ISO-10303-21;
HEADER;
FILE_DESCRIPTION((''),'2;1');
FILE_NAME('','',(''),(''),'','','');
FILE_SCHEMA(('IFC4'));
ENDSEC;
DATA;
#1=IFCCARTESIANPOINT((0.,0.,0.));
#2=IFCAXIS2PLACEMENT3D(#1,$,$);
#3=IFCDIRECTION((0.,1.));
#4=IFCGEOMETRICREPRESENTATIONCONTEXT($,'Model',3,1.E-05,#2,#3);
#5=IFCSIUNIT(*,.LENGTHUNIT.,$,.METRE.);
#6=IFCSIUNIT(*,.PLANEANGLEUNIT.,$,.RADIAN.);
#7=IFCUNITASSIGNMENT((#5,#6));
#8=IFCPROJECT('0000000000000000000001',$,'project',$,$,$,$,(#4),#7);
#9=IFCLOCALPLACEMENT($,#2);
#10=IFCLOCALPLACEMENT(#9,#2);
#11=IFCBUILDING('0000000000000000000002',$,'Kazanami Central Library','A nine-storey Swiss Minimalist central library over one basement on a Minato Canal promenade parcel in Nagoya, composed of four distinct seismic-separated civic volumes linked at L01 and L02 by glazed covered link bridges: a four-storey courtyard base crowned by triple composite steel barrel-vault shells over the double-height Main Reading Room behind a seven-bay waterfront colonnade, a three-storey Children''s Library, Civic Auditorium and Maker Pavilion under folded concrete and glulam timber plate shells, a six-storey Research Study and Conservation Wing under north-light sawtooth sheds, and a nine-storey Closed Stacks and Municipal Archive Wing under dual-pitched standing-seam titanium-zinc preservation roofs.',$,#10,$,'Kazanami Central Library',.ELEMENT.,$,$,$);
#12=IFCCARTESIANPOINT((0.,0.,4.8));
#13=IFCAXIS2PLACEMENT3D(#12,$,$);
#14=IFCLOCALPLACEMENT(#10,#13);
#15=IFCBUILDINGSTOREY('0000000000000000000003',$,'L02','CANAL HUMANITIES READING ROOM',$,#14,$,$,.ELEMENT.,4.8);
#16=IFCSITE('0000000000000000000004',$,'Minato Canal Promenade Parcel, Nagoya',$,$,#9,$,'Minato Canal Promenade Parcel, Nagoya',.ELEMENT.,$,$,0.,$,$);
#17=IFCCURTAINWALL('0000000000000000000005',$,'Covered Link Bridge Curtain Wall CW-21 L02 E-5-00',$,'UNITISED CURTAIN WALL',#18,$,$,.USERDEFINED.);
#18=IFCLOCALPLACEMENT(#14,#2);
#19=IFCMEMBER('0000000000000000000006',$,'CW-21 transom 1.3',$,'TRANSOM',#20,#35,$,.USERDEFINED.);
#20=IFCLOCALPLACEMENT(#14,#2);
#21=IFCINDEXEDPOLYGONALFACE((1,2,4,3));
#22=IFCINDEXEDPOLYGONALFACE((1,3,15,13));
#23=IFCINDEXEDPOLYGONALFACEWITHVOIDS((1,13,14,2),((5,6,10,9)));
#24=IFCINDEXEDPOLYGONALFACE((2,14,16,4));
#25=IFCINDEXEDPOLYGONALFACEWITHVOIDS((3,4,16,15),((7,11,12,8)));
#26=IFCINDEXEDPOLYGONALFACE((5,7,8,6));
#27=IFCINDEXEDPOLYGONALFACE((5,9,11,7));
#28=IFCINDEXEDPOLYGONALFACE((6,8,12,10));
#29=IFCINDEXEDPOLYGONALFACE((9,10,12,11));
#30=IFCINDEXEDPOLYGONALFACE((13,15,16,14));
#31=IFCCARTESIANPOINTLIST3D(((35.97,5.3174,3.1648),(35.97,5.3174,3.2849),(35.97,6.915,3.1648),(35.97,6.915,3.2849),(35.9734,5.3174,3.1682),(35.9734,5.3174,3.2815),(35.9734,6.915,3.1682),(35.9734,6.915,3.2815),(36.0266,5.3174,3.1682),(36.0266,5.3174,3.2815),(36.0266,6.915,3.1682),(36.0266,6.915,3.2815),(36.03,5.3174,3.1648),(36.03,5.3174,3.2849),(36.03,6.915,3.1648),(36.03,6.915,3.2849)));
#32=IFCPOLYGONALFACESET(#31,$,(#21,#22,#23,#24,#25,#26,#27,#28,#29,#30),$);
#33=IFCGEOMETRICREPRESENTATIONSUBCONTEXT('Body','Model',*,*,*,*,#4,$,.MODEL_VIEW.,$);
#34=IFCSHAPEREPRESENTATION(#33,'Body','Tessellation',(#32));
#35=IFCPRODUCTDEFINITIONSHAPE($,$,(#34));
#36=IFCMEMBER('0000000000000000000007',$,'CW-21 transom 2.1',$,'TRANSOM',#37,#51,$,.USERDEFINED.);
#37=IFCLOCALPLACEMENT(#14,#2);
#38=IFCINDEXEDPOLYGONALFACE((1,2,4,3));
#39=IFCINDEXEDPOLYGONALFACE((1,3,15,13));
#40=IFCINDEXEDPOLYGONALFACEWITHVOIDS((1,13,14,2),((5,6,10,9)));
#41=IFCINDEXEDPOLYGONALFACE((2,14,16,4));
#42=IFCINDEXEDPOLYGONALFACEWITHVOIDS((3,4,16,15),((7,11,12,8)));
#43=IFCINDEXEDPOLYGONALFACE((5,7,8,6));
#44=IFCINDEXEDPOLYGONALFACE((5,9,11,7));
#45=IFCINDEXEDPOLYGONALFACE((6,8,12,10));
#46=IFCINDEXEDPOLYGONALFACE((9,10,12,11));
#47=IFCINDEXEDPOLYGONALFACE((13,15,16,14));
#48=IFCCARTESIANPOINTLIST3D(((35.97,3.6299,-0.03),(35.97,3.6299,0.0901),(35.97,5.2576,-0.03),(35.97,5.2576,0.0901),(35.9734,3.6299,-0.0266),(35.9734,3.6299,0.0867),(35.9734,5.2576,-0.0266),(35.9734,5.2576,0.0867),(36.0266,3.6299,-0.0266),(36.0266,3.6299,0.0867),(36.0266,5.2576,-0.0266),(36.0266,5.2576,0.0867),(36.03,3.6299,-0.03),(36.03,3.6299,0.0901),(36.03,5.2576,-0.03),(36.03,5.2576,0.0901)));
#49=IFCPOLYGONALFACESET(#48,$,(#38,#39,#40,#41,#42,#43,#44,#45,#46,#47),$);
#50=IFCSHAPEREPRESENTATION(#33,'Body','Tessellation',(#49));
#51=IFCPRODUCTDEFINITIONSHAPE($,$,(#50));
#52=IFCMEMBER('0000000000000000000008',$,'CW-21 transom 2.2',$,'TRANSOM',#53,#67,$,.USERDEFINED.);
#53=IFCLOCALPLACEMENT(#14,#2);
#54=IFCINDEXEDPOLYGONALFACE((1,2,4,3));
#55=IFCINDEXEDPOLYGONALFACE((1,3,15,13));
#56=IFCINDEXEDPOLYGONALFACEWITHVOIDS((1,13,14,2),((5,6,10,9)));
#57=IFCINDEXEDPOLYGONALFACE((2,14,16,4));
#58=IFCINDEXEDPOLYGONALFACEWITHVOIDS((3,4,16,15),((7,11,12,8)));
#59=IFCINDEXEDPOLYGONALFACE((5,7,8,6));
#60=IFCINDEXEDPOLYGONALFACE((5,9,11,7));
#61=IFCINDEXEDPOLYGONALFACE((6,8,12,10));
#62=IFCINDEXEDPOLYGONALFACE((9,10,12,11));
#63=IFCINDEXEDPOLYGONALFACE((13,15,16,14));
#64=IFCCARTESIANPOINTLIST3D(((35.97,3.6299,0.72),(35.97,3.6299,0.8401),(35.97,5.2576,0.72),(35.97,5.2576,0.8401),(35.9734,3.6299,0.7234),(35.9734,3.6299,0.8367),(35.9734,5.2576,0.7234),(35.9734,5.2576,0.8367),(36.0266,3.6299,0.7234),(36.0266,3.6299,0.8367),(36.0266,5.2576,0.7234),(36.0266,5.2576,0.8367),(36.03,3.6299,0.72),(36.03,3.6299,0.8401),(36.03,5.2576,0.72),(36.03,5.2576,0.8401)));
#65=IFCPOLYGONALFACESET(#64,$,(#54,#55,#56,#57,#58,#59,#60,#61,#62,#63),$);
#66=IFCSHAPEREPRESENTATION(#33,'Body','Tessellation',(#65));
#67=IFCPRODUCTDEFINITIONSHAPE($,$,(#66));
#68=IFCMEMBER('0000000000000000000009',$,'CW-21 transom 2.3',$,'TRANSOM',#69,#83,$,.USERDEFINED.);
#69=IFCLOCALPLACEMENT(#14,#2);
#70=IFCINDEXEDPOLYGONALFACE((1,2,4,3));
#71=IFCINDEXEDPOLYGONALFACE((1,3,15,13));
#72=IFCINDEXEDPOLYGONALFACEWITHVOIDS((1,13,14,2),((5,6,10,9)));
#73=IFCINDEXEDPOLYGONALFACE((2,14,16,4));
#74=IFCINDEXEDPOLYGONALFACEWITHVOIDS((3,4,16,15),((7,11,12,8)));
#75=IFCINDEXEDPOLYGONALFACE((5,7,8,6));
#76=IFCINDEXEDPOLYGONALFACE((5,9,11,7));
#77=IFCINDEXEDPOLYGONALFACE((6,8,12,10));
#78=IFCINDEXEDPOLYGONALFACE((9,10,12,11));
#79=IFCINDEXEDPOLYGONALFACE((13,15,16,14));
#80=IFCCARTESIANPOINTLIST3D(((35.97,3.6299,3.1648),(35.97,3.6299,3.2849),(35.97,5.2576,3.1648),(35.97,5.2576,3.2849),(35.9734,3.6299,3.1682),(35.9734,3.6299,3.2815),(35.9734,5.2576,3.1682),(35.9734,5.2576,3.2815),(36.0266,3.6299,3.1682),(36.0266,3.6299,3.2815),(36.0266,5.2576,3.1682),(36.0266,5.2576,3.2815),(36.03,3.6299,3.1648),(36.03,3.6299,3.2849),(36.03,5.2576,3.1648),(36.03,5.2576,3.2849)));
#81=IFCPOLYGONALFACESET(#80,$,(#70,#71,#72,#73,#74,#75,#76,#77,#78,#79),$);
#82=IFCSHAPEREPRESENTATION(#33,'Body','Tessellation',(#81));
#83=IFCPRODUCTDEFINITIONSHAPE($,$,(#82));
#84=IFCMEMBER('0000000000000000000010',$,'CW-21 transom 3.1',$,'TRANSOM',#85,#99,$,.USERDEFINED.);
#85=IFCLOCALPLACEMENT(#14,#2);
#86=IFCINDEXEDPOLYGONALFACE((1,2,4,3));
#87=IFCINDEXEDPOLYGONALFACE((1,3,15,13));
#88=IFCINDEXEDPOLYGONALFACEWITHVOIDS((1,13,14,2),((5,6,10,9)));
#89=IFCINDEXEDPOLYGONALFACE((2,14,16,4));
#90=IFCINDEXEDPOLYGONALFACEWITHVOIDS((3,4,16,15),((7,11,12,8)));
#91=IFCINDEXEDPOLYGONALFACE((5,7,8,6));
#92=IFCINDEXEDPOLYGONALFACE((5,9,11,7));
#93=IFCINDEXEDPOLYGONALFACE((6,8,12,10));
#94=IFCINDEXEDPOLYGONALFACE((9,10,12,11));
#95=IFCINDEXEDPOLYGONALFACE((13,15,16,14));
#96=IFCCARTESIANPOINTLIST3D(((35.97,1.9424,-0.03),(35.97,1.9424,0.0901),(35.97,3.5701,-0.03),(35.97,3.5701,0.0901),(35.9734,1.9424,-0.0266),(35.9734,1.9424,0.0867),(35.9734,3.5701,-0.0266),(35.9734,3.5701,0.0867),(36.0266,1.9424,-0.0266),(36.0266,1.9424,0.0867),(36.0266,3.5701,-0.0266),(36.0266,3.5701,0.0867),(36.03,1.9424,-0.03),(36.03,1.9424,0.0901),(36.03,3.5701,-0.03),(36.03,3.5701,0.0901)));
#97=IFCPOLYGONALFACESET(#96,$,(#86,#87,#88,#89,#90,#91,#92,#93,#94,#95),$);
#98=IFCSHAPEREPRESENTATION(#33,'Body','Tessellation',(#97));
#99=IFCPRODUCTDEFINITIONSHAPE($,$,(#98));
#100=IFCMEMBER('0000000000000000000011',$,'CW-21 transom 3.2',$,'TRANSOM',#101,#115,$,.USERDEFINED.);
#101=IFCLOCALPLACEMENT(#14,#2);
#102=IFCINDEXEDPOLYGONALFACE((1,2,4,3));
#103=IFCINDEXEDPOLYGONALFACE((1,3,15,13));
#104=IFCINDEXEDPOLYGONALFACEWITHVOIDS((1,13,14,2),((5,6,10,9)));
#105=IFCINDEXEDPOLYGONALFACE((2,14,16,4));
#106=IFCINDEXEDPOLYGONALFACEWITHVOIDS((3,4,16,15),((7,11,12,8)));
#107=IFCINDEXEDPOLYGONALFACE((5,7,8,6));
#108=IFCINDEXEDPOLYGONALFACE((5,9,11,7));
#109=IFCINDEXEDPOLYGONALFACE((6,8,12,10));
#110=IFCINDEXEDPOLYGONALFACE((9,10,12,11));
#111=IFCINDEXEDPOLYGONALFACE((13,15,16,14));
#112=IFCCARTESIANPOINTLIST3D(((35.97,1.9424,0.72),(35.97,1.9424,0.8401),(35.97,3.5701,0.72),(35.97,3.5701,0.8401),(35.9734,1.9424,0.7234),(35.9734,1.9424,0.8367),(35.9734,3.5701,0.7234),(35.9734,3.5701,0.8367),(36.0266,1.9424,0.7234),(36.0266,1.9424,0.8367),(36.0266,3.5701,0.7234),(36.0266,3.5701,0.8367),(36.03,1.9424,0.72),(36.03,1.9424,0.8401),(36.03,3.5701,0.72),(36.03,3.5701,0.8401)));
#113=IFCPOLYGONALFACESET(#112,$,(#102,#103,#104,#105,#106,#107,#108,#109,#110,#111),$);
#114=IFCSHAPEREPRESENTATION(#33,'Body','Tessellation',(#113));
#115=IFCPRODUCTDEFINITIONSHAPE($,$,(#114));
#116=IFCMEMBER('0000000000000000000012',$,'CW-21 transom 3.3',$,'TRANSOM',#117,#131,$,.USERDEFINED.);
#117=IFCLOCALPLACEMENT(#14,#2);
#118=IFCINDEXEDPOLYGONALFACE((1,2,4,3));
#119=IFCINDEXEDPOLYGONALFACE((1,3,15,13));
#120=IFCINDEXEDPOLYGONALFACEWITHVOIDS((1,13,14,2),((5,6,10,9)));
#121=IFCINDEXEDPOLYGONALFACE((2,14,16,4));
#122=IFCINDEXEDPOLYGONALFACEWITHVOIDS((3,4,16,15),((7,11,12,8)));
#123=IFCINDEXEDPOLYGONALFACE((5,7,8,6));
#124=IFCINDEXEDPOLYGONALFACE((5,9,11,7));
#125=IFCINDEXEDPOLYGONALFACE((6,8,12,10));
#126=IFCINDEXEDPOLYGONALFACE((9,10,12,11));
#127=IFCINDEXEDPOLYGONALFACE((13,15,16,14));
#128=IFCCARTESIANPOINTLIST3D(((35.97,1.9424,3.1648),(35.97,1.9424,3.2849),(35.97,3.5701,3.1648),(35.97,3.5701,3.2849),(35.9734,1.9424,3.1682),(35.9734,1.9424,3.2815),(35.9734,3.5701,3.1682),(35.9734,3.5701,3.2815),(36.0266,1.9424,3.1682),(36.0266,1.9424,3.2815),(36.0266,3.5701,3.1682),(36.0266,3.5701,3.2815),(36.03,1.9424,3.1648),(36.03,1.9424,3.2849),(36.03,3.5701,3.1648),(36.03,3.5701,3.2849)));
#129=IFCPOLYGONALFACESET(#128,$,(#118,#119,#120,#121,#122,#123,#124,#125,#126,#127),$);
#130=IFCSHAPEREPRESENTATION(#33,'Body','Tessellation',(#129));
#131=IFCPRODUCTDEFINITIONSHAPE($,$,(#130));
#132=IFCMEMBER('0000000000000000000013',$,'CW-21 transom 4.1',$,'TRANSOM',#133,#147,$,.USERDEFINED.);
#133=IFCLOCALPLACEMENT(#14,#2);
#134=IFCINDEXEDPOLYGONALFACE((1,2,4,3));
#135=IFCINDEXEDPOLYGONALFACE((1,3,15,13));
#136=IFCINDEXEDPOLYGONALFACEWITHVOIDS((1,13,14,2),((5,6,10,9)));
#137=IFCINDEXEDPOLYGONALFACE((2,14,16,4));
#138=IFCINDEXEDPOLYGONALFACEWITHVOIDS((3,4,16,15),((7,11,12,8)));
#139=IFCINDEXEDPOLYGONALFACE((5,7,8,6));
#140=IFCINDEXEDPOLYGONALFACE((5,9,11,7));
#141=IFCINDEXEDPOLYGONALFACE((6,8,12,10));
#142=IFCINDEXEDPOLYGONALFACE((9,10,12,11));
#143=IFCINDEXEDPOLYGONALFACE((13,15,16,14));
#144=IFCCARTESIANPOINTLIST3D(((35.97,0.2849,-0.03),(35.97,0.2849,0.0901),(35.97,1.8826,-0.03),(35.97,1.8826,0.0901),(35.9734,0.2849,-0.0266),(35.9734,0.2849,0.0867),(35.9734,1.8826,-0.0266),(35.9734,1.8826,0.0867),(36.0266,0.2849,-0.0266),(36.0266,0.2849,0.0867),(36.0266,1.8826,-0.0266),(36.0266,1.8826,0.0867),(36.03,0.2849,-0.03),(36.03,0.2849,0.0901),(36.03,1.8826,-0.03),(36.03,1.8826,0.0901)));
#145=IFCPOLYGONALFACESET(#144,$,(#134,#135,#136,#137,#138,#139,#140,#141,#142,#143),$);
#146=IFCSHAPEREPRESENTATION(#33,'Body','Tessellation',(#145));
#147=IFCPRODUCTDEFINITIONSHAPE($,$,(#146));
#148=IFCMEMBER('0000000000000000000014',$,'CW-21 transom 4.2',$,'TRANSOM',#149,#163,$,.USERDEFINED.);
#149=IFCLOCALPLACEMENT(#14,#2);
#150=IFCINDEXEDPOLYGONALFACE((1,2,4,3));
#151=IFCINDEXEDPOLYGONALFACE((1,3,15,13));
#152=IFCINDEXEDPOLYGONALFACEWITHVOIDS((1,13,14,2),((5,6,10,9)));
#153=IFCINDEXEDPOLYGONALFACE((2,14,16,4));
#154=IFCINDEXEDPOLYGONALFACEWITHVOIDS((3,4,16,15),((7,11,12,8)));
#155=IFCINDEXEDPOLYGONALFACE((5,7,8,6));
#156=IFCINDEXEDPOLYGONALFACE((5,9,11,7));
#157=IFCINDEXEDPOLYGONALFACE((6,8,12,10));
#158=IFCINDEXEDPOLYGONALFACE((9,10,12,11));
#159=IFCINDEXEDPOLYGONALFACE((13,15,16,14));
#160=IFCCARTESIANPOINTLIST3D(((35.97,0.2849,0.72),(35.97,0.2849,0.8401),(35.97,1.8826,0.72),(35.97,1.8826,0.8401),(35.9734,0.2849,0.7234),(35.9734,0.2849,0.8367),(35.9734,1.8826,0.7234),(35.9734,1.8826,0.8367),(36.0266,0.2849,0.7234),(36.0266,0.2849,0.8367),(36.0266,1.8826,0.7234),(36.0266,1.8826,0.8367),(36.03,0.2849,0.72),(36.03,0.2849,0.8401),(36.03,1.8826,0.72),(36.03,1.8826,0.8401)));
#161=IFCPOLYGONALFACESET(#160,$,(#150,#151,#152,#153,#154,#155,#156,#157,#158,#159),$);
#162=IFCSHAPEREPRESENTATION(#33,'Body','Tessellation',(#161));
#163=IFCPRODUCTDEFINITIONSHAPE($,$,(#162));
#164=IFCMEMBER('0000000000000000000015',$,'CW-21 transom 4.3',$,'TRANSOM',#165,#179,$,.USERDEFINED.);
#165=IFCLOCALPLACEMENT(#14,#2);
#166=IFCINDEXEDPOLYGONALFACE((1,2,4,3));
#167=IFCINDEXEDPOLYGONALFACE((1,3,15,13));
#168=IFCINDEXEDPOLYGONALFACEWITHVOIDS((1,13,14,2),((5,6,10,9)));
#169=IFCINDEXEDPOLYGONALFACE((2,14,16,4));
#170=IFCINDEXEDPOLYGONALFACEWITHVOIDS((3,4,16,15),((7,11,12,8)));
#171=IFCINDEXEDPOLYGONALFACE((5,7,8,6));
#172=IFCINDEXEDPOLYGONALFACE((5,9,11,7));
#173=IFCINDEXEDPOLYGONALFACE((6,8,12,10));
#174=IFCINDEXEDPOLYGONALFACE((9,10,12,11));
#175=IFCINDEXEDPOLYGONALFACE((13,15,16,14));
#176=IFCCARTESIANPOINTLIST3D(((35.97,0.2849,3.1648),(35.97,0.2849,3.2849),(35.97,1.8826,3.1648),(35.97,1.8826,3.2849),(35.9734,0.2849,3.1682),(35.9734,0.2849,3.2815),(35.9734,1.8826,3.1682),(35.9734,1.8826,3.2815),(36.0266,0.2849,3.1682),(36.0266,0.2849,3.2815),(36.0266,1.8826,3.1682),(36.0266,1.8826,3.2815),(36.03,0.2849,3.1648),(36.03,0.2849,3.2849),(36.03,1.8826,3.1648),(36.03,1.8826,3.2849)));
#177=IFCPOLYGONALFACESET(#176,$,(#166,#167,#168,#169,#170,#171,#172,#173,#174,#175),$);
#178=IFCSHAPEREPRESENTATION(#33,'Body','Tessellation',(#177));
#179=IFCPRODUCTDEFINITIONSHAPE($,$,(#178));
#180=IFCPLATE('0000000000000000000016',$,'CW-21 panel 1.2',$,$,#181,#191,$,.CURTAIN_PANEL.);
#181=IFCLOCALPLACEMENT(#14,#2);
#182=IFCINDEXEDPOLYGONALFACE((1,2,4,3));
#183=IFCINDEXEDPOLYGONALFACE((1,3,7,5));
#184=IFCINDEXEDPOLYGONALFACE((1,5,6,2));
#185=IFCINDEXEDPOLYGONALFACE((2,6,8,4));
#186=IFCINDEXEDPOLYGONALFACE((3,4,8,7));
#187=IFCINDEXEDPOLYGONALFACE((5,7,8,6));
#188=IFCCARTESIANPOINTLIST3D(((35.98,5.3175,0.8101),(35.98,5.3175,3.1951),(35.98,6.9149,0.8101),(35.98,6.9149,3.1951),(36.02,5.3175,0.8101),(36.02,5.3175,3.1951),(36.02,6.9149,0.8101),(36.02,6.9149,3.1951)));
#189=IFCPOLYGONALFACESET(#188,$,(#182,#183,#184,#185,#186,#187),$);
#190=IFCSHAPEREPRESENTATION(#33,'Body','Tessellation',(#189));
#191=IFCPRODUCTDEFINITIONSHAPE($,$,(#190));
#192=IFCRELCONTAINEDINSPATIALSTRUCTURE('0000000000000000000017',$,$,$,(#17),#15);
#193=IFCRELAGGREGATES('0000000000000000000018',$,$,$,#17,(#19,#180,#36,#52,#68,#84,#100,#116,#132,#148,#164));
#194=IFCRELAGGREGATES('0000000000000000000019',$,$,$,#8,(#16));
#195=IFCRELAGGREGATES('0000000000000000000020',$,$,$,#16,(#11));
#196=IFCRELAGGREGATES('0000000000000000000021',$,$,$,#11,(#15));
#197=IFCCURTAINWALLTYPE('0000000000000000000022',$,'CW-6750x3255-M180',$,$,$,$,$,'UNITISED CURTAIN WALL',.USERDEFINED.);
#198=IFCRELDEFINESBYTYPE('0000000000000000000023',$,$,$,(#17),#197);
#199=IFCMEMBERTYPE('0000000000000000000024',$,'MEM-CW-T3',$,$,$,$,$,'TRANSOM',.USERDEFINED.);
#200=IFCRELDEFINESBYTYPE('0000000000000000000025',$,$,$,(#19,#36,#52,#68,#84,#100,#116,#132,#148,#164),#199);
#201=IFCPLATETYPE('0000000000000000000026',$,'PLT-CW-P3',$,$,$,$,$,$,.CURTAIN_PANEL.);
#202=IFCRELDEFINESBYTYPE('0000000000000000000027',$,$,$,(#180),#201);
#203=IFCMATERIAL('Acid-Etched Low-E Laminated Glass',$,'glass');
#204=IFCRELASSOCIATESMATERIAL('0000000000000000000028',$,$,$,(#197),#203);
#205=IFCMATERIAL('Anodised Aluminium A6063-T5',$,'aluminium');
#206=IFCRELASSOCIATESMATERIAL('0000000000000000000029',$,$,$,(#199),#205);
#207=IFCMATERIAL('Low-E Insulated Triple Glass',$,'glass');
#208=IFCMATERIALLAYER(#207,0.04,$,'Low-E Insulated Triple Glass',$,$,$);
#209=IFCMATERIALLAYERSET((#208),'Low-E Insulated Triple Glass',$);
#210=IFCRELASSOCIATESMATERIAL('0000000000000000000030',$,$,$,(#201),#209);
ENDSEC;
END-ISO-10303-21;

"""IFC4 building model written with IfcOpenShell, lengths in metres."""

from ifc_helpers import new_model, si_unit, direction, frame, origin, origin_2d, place, context, subcontext, project, spatial, rectangle, hollow_rectangle, extrude, material, layer, layer_set, material_profile, profile_set, type_object, element, aggregate, save


model = new_model("IFC4")

# Units and contexts
model_context = context("Model", 3, precision=1e-05, world=origin(), true_north=direction((0.0, 1.0)))
body_context = subcontext(model_context, "Body", "Model", "MODEL_VIEW")
ifc_project = project(units=[si_unit("LENGTHUNIT", "METRE"), si_unit("PLANEANGLEUNIT", "RADIAN")], contexts=[model_context])

# Site, building, storey
site_placement = place(None, origin())
site = spatial("IfcSite", under=ifc_project, at=site_placement, Name="Minato Canal Promenade Parcel, Nagoya", LongName="Minato Canal Promenade Parcel, Nagoya", CompositionType="ELEMENT", RefElevation=0.0)
building_placement = place(site_placement, origin())
building = spatial("IfcBuilding", under=site, at=building_placement, Name="Kazanami Central Library", Description="A nine-storey Swiss Minimalist central library over one basement on a Minato Canal promenade parcel in Nagoya, composed of four distinct seismic-separated civic volumes linked at L01 and L02 by glazed covered link bridges: a four-storey courtyard base crowned by triple composite steel barrel-vault shells over the double-height Main Reading Room behind a seven-bay waterfront colonnade, a three-storey Children's Library, Civic Auditorium and Maker Pavilion under folded concrete and glulam timber plate shells, a six-storey Research Study and Conservation Wing under north-light sawtooth sheds, and a nine-storey Closed Stacks and Municipal Archive Wing under dual-pitched standing-seam titanium-zinc preservation roofs.", LongName="Kazanami Central Library", CompositionType="ELEMENT")
storey_placement = place(building_placement, frame((0.0, 0.0, 4.8)))
storey = spatial("IfcBuildingStorey", under=building, at=storey_placement, Name="L02", Description="CANAL HUMANITIES READING ROOM", CompositionType="ELEMENT", Elevation=4.8)

# Curtain wall, members, plate
ifc_material_1 = material(Name="Acid-Etched Low-E Laminated Glass", Category="glass")
curtain_wall_type = type_object("IfcCurtainWallType", Name="CW-6750x3255-M180", ElementType="UNITISED CURTAIN WALL", PredefinedType="USERDEFINED", material=ifc_material_1)
curtain_wall_placement = place(storey_placement, origin())
curtain_wall = element("IfcCurtainWall", 1, at=curtain_wall_placement, inside=storey, type_object=curtain_wall_type, Name="Covered Link Bridge Curtain Wall CW-21 L02 E-5-00", ObjectType="UNITISED CURTAIN WALL", PredefinedType="USERDEFINED")
ifc_material_2 = material(Name="Anodised Aluminium A6063-T5", Category="aluminium")
ifc_material_profile_1 = material_profile(ifc_material_2, hollow_rectangle(XDim=0.0601, YDim=0.1201, WallThickness=0.0034, at=origin_2d()), Name="ALU-TRAN-60x120x3.5")
ifc_profile_set_1 = profile_set([ifc_material_profile_1], Name="Anodised Aluminium A6063-T5")
member_type_1 = type_object("IfcMemberType", Name="MEM-CW-T3", ElementType="TRANSOM", PredefinedType="USERDEFINED", material=ifc_profile_set_1)
member_1_placement = place(storey_placement, frame((36.0, 6.915, 3.2249), z_axis=(0.0, -1.0, 0.0), x_axis=(1.0, 0.0, 0.0)))
member_1 = element("IfcMember", 2, at=member_1_placement, type_object=member_type_1, Name="CW-21 transom 1.3", ObjectType="TRANSOM", PredefinedType="USERDEFINED", context=body_context, shape_type="SweptSolid", body=[
    extrude(hollow_rectangle(XDim=0.0601, YDim=0.1201, WallThickness=0.0034, at=origin_2d()), origin(), (0.0, 0.0, 1.0), 1.5977),
])
member_2_placement = place(storey_placement, frame((36.0, 5.2576, 0.03), z_axis=(0.0, -1.0, 0.0), x_axis=(1.0, 0.0, 0.0)))
member_2 = element("IfcMember", 3, at=member_2_placement, type_object=member_type_1, Name="CW-21 transom 2.1", ObjectType="TRANSOM", PredefinedType="USERDEFINED", context=body_context, shape_type="SweptSolid", body=[
    extrude(hollow_rectangle(XDim=0.0601, YDim=0.1201, WallThickness=0.0034, at=origin_2d()), origin(), (0.0, 0.0, 1.0), 1.6277),
])
member_3_placement = place(storey_placement, frame((36.0, 5.2576, 0.78), z_axis=(0.0, -1.0, 0.0), x_axis=(1.0, 0.0, 0.0)))
member_3 = element("IfcMember", 4, at=member_3_placement, type_object=member_type_1, Name="CW-21 transom 2.2", ObjectType="TRANSOM", PredefinedType="USERDEFINED", context=body_context, shape_type="SweptSolid", body=[
    extrude(hollow_rectangle(XDim=0.0601, YDim=0.1201, WallThickness=0.0034, at=origin_2d()), origin(), (0.0, 0.0, 1.0), 1.6277),
])
member_4_placement = place(storey_placement, frame((36.0, 5.2576, 3.2249), z_axis=(0.0, -1.0, 0.0), x_axis=(1.0, 0.0, 0.0)))
member_4 = element("IfcMember", 5, at=member_4_placement, type_object=member_type_1, Name="CW-21 transom 2.3", ObjectType="TRANSOM", PredefinedType="USERDEFINED", context=body_context, shape_type="SweptSolid", body=[
    extrude(hollow_rectangle(XDim=0.0601, YDim=0.1201, WallThickness=0.0034, at=origin_2d()), origin(), (0.0, 0.0, 1.0), 1.6277),
])
member_5_placement = place(storey_placement, frame((36.0, 3.5701, 0.03), z_axis=(0.0, -1.0, 0.0), x_axis=(1.0, 0.0, 0.0)))
member_5 = element("IfcMember", 6, at=member_5_placement, type_object=member_type_1, Name="CW-21 transom 3.1", ObjectType="TRANSOM", PredefinedType="USERDEFINED", context=body_context, shape_type="SweptSolid", body=[
    extrude(hollow_rectangle(XDim=0.0601, YDim=0.1201, WallThickness=0.0034, at=origin_2d()), origin(), (0.0, 0.0, 1.0), 1.6277),
])
member_6_placement = place(storey_placement, frame((36.0, 3.5701, 0.78), z_axis=(0.0, -1.0, 0.0), x_axis=(1.0, 0.0, 0.0)))
member_6 = element("IfcMember", 7, at=member_6_placement, type_object=member_type_1, Name="CW-21 transom 3.2", ObjectType="TRANSOM", PredefinedType="USERDEFINED", context=body_context, shape_type="SweptSolid", body=[
    extrude(hollow_rectangle(XDim=0.0601, YDim=0.1201, WallThickness=0.0034, at=origin_2d()), origin(), (0.0, 0.0, 1.0), 1.6277),
])
member_7_placement = place(storey_placement, frame((36.0, 3.5701, 3.2249), z_axis=(0.0, -1.0, 0.0), x_axis=(1.0, 0.0, 0.0)))
member_7 = element("IfcMember", 8, at=member_7_placement, type_object=member_type_1, Name="CW-21 transom 3.3", ObjectType="TRANSOM", PredefinedType="USERDEFINED", context=body_context, shape_type="SweptSolid", body=[
    extrude(hollow_rectangle(XDim=0.0601, YDim=0.1201, WallThickness=0.0034, at=origin_2d()), origin(), (0.0, 0.0, 1.0), 1.6277),
])
member_8_placement = place(storey_placement, frame((36.0, 1.8826, 0.03), z_axis=(0.0, -1.0, 0.0), x_axis=(1.0, 0.0, 0.0)))
member_8 = element("IfcMember", 9, at=member_8_placement, type_object=member_type_1, Name="CW-21 transom 4.1", ObjectType="TRANSOM", PredefinedType="USERDEFINED", context=body_context, shape_type="SweptSolid", body=[
    extrude(hollow_rectangle(XDim=0.0601, YDim=0.1201, WallThickness=0.0034, at=origin_2d()), origin(), (0.0, 0.0, 1.0), 1.5977),
])
member_9_placement = place(storey_placement, frame((36.0, 1.8826, 0.78), z_axis=(0.0, -1.0, 0.0), x_axis=(1.0, 0.0, 0.0)))
member_9 = element("IfcMember", 10, at=member_9_placement, type_object=member_type_1, Name="CW-21 transom 4.2", ObjectType="TRANSOM", PredefinedType="USERDEFINED", context=body_context, shape_type="SweptSolid", body=[
    extrude(hollow_rectangle(XDim=0.0601, YDim=0.1201, WallThickness=0.0034, at=origin_2d()), origin(), (0.0, 0.0, 1.0), 1.5977),
])
member_10_placement = place(storey_placement, frame((36.0, 1.8826, 3.2249), z_axis=(0.0, -1.0, 0.0), x_axis=(1.0, 0.0, 0.0)))
member_10 = element("IfcMember", 11, at=member_10_placement, type_object=member_type_1, Name="CW-21 transom 4.3", ObjectType="TRANSOM", PredefinedType="USERDEFINED", context=body_context, shape_type="SweptSolid", body=[
    extrude(hollow_rectangle(XDim=0.0601, YDim=0.1201, WallThickness=0.0034, at=origin_2d()), origin(), (0.0, 0.0, 1.0), 1.5977),
])
ifc_material_3 = material(Name="Low-E Insulated Triple Glass", Category="glass")
ifc_layer_1 = layer(ifc_material_3, 0.04, Name="Low-E Insulated Triple Glass")
ifc_layer_set_1 = layer_set([ifc_layer_1], Name="Low-E Insulated Triple Glass")
plate_type_1 = type_object("IfcPlateType", Name="PLT-CW-P3", PredefinedType="CURTAIN_PANEL", material=ifc_layer_set_1)
plate_1_placement = place(storey_placement, frame((36.0, 6.1162, 0.8101), z_axis=(0.0, 0.0, 1.0), x_axis=(0.0, -1.0, 0.0)))
plate_1 = element("IfcPlate", 12, at=plate_1_placement, type_object=plate_type_1, Name="CW-21 panel 1.2", PredefinedType="CURTAIN_PANEL", context=body_context, shape_type="SweptSolid", body=[
    extrude(rectangle(XDim=1.5974, YDim=0.04, at=origin_2d()), origin(), (0.0, 0.0, 1.0), 2.385),
])
aggregate(curtain_wall, [member_1, plate_1, member_2, member_3, member_4, member_5, member_6, member_7, member_8, member_9, member_10])

save(model, "model.ifc")
